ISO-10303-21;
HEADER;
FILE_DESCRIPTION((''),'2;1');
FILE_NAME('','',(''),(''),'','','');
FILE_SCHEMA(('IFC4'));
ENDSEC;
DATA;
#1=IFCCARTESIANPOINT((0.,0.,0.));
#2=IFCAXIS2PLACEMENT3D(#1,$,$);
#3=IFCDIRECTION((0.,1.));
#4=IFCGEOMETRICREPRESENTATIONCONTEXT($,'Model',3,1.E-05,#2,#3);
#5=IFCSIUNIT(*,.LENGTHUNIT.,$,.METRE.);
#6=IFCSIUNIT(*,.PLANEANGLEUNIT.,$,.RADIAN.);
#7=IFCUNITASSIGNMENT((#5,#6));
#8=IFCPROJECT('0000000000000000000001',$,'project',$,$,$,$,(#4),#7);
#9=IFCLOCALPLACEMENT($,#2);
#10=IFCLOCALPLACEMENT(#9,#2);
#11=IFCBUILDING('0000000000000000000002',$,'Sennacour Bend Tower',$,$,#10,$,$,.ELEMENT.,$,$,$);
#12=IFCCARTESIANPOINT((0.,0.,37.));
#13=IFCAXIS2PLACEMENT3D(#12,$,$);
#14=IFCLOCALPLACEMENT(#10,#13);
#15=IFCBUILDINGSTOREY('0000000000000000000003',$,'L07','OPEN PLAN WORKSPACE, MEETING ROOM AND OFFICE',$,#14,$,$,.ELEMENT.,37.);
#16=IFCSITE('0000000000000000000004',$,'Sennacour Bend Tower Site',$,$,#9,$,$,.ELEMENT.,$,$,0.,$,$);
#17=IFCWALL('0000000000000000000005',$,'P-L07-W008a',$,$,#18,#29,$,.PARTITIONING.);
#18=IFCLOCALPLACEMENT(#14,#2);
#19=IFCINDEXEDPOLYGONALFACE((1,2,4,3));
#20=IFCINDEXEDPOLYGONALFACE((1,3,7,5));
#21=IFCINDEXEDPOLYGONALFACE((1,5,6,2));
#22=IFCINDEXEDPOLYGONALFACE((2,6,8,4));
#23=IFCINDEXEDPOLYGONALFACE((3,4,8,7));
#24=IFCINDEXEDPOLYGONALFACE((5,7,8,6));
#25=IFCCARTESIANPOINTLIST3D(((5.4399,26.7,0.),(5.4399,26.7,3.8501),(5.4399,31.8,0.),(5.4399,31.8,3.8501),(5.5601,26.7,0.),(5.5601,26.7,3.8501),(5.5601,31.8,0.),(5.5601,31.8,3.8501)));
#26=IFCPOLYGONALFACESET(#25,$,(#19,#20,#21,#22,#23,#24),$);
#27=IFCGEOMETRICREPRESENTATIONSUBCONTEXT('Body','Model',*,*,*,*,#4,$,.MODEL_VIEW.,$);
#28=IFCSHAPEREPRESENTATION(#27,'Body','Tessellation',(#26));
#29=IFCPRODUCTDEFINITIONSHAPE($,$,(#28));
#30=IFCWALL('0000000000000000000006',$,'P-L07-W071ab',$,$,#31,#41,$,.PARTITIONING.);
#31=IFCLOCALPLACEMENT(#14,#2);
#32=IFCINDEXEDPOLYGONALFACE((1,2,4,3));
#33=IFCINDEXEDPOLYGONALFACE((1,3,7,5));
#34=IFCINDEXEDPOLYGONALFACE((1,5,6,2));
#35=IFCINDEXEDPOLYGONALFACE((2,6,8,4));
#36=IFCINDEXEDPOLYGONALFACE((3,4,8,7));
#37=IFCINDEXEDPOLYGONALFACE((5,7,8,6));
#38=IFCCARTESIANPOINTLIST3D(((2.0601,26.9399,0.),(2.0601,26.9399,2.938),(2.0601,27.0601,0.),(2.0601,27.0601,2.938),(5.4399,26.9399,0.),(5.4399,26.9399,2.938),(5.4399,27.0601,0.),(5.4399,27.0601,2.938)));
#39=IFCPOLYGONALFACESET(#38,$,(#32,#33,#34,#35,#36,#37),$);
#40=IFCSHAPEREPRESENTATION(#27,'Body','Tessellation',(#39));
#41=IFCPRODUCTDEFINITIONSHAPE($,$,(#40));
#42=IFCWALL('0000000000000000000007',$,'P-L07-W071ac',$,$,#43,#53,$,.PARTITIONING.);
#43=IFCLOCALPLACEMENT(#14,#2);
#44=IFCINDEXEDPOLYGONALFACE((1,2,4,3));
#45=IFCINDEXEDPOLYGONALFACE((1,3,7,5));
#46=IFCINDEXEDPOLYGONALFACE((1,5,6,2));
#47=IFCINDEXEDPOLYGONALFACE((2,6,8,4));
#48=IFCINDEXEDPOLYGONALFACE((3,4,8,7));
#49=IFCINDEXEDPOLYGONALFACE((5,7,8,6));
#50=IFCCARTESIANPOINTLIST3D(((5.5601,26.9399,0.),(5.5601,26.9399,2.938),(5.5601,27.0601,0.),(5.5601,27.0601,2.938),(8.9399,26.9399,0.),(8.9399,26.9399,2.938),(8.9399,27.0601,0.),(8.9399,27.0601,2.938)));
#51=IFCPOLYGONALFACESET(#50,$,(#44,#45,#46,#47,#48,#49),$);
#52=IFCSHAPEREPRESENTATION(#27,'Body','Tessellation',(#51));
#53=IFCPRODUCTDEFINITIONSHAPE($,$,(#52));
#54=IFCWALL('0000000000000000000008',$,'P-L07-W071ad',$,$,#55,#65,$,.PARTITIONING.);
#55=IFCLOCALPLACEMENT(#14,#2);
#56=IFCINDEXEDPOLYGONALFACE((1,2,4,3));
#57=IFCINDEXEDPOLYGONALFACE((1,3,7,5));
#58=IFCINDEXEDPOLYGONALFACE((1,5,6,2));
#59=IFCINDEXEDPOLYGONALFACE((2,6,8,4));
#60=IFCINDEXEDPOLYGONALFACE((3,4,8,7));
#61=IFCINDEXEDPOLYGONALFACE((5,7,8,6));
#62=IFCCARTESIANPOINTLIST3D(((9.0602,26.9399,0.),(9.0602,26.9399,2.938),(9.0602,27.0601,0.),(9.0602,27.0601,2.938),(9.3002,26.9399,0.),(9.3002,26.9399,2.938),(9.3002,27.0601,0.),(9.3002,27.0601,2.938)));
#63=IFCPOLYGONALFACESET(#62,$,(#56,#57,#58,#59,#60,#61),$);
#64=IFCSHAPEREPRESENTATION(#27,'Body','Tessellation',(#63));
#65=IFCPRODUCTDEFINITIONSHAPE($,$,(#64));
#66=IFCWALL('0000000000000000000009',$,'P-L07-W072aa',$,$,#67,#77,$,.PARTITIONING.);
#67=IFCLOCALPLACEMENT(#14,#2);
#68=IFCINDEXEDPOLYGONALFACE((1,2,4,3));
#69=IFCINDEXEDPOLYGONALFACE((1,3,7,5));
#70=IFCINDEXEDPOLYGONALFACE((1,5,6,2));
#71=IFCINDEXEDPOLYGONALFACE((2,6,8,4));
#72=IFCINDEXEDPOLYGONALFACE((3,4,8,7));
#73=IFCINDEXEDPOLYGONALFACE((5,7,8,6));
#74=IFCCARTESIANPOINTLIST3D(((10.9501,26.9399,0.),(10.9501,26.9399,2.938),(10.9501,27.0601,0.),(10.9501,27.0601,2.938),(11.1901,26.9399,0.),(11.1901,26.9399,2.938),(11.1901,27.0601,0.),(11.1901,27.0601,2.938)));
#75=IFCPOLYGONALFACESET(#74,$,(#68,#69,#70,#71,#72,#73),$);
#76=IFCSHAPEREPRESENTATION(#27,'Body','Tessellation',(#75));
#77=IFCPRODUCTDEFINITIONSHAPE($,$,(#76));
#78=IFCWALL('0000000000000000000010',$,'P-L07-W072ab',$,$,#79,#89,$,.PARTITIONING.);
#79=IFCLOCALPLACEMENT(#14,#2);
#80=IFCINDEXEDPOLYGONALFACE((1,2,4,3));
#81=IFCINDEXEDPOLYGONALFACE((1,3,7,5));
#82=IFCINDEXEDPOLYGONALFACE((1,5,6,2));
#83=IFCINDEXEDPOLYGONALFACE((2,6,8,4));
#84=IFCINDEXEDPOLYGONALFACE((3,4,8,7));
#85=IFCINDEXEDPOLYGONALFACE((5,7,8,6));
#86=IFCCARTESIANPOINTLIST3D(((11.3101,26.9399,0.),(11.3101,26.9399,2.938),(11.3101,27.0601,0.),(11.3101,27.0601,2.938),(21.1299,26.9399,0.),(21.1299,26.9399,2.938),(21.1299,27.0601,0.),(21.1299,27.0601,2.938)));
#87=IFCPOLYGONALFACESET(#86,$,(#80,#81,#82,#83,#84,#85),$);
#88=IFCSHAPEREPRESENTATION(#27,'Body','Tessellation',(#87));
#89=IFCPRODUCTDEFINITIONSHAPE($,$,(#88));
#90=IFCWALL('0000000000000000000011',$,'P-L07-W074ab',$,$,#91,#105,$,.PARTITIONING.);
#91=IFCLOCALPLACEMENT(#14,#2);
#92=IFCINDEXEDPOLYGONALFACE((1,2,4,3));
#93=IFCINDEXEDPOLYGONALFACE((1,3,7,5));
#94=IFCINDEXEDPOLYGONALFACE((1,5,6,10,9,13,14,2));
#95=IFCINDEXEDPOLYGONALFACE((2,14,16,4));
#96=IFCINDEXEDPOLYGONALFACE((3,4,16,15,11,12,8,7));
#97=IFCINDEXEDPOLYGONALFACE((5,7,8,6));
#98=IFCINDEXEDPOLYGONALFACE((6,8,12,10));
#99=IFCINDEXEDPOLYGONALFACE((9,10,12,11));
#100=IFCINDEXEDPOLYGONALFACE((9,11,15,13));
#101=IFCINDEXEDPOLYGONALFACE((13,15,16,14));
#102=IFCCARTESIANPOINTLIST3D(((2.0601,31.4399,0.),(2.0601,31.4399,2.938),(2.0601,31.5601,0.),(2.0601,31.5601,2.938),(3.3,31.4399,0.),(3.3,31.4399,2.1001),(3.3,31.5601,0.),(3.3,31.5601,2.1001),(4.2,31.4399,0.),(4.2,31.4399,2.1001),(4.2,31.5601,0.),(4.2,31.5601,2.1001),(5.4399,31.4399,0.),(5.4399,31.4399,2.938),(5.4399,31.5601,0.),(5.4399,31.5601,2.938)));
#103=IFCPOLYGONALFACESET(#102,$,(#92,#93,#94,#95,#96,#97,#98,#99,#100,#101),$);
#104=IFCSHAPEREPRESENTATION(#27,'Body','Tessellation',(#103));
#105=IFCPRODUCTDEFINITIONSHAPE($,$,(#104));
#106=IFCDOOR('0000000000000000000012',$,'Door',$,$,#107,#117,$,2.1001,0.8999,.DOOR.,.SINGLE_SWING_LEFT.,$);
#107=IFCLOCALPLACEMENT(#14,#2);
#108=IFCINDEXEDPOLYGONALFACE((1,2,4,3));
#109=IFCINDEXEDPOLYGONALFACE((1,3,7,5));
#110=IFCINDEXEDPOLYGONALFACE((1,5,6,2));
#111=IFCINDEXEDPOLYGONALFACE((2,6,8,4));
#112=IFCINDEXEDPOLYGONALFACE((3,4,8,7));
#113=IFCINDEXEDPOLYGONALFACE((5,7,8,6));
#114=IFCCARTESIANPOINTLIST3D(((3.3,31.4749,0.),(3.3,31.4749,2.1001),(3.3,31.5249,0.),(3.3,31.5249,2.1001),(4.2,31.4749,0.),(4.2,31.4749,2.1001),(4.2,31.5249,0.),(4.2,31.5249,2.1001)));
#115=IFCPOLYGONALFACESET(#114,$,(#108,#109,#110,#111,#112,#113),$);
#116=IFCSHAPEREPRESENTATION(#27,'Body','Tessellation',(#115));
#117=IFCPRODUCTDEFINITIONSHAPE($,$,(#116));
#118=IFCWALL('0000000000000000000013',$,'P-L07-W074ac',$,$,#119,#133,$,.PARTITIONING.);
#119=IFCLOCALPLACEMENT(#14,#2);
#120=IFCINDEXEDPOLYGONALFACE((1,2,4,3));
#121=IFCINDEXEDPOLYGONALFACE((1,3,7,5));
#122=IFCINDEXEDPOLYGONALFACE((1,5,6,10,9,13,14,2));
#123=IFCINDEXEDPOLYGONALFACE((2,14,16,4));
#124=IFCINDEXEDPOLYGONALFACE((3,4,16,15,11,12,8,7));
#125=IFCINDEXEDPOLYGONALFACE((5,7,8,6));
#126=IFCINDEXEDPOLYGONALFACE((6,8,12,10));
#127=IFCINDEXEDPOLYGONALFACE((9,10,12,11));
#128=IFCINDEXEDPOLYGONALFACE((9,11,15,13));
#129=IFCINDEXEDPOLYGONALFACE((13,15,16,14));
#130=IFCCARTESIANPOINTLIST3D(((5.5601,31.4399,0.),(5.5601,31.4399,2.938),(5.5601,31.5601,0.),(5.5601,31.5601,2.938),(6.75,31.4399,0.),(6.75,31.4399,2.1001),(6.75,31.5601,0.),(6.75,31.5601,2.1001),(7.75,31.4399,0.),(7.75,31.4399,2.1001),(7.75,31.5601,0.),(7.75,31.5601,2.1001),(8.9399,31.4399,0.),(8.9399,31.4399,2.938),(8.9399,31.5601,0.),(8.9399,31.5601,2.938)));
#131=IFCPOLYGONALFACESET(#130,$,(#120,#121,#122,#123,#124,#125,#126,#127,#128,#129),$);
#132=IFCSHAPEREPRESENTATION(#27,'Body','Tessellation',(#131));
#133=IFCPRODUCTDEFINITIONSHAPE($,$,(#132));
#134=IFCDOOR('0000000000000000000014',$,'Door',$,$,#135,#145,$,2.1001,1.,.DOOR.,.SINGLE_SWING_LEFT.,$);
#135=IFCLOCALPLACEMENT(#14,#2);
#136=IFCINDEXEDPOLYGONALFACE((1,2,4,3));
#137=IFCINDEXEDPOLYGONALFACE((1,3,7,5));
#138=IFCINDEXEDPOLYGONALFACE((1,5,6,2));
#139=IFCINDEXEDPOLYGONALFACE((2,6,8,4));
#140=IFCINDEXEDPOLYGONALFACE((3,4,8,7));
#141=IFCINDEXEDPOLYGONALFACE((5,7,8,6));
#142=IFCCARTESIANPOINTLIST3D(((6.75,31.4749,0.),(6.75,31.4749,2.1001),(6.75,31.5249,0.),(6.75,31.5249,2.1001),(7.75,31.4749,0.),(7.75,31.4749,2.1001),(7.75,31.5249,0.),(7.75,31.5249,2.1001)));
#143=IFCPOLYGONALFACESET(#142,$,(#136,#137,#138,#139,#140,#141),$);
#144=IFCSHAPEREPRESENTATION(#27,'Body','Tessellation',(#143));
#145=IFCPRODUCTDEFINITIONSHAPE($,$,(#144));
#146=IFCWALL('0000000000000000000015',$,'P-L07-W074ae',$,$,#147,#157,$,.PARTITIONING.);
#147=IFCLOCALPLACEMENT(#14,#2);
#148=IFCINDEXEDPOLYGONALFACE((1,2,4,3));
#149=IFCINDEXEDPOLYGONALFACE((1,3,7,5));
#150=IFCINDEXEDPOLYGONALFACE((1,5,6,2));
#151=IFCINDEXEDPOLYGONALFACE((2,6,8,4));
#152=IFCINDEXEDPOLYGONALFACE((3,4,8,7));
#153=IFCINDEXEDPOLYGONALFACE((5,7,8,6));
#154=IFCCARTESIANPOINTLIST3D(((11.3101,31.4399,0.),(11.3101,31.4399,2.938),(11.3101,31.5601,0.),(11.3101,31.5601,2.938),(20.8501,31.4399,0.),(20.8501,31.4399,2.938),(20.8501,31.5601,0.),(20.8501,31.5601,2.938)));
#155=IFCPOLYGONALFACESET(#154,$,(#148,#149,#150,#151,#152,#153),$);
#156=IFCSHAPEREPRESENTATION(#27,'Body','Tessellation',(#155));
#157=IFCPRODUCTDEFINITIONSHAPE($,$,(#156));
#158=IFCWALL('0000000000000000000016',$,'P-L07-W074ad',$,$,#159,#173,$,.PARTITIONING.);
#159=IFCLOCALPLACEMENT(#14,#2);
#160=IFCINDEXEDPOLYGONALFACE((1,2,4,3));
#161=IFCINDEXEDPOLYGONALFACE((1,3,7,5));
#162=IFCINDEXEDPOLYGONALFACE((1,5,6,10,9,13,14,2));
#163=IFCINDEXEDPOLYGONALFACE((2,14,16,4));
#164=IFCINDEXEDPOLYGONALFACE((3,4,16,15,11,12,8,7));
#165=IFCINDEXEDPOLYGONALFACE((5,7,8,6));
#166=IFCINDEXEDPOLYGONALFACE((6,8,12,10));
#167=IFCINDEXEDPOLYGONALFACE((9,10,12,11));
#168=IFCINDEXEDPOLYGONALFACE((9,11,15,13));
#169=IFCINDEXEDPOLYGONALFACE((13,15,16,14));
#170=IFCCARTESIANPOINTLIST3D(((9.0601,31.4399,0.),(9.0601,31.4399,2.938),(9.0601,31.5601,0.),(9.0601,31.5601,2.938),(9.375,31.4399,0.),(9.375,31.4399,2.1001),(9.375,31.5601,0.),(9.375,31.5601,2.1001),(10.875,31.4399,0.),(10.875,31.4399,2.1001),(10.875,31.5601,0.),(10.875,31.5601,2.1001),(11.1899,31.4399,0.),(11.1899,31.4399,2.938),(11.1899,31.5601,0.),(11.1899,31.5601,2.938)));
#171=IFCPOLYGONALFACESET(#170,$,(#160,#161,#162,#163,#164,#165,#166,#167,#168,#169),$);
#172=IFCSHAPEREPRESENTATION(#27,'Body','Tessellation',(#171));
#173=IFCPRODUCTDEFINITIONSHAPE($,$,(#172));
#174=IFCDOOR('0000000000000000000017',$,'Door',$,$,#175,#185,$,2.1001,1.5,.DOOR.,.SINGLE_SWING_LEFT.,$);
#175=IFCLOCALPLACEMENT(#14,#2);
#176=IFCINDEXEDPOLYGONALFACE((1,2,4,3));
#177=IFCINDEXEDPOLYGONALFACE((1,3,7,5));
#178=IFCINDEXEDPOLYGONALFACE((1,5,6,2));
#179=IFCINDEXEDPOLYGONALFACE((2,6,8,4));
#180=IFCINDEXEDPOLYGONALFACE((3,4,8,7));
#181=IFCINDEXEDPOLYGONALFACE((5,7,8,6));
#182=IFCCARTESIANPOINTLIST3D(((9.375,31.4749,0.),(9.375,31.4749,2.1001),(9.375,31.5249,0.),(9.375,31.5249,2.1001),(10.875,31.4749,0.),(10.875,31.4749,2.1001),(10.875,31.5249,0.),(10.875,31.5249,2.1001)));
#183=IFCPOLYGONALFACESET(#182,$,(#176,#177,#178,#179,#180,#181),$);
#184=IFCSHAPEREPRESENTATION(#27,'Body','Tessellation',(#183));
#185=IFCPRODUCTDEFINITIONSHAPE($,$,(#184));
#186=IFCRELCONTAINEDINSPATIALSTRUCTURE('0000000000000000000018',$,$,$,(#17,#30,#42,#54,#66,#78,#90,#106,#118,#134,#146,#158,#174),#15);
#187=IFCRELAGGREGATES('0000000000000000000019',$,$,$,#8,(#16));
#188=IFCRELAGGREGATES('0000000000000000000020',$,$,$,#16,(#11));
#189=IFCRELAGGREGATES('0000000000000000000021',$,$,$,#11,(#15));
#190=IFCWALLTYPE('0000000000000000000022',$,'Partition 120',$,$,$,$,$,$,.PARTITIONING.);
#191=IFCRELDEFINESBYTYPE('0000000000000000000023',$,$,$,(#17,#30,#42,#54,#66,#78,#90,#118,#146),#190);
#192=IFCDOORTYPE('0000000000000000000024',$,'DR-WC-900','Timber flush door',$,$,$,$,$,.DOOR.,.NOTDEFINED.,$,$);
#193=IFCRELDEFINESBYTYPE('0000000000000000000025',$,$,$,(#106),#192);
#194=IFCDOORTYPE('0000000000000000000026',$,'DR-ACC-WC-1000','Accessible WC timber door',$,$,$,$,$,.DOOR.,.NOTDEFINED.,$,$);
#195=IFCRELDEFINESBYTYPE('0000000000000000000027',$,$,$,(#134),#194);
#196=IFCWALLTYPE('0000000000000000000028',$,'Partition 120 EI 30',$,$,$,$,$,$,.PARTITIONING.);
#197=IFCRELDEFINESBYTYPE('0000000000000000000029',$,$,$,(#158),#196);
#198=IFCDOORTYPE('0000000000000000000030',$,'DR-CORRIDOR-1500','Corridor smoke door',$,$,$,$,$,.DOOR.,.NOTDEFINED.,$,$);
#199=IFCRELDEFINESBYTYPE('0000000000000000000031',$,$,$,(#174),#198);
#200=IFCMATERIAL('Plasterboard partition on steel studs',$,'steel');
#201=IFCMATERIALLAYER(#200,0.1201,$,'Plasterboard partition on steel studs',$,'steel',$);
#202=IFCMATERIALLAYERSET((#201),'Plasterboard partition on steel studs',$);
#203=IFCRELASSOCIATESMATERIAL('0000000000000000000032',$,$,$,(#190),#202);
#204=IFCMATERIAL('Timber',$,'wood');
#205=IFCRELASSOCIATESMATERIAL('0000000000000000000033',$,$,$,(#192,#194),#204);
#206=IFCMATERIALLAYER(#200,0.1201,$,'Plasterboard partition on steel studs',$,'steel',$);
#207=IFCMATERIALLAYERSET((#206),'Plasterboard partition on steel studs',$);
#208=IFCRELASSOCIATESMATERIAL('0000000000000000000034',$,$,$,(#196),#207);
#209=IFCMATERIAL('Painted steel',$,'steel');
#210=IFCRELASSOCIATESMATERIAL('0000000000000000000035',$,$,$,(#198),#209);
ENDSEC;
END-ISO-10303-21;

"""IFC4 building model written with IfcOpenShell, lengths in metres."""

from ifc_helpers import new_model, si_unit, direction, frame, frame_2d, origin, place, context, subcontext, project, spatial, rectangle, extrude, material, layer, layer_set, type_object, element, fill, save


model = new_model("IFC4")

# Units and contexts
model_context = context("Model", 3, precision=1e-05, world=origin(), true_north=direction((0.0, 1.0)))
body_context = subcontext(model_context, "Body", "Model", "MODEL_VIEW")
ifc_project = project(units=[si_unit("LENGTHUNIT", "METRE"), si_unit("PLANEANGLEUNIT", "RADIAN")], contexts=[model_context])

# Site, building, storey
site_placement = place(None, origin())
site = spatial("IfcSite", under=ifc_project, at=site_placement, Name="Sennacour Bend Tower Site", CompositionType="ELEMENT", RefElevation=0.0)
building_placement = place(site_placement, origin())
building = spatial("IfcBuilding", under=site, at=building_placement, Name="Sennacour Bend Tower", CompositionType="ELEMENT")
storey_placement = place(building_placement, frame((0.0, 0.0, 37.0)))
storey = spatial("IfcBuildingStorey", under=building, at=storey_placement, Name="L07", Description="OPEN PLAN WORKSPACE, MEETING ROOM AND OFFICE", CompositionType="ELEMENT", Elevation=37.0)

# Walls
ifc_material_1 = material(Name="Plasterboard partition on steel studs", Category="steel")
ifc_layer_1 = layer(ifc_material_1, 0.1201, Name="Plasterboard partition on steel studs", Category="steel")
ifc_layer_set_1 = layer_set([ifc_layer_1], Name="Plasterboard partition on steel studs")
wall_type_1 = type_object("IfcWallType", Name="Partition 120", PredefinedType="PARTITIONING", material=ifc_layer_set_1)
for number, where, z_axis, x_axis, name in (
    (1, (5.5, 26.7, 0.0), (0.0, 0.0, 1.0), (0.0, 1.0, 0.0), "P-L07-W008a"),
):
    element("IfcWall", number, at=place(storey_placement, frame(where, z_axis=z_axis, x_axis=x_axis)), inside=storey, type_object=wall_type_1, Name=name, PredefinedType="PARTITIONING", context=body_context, shape_type="SweptSolid", body=[
        extrude(rectangle(XDim=5.1001, YDim=0.1201, at=frame_2d((2.55, 0.0))), origin(), (0.0, 0.0, 1.0), 3.8501),
    ])
for number, where, z_axis, x_axis, name in (
    (2, (2.0601, 27.0, 0.0), (0.0, 0.0, 1.0), (1.0, 0.0, 0.0), "P-L07-W071ab"),
    (3, (5.5601, 27.0, 0.0), (0.0, 0.0, 1.0), (1.0, 0.0, 0.0), "P-L07-W071ac"),
):
    element("IfcWall", number, at=place(storey_placement, frame(where, z_axis=z_axis, x_axis=x_axis)), inside=storey, type_object=wall_type_1, Name=name, PredefinedType="PARTITIONING", context=body_context, shape_type="SweptSolid", body=[
        extrude(rectangle(XDim=3.3799, YDim=0.1201, at=frame_2d((1.6899, 0.0))), origin(), (0.0, 0.0, 1.0), 2.938),
    ])
for number, where, z_axis, x_axis, name in (
    (4, (9.0601, 27.0, 0.0), (0.0, 0.0, 1.0), (1.0, 0.0, 0.0), "P-L07-W071ad"),
    (5, (10.95, 27.0, 0.0), (0.0, 0.0, 1.0), (1.0, 0.0, 0.0), "P-L07-W072aa"),
):
    element("IfcWall", number, at=place(storey_placement, frame(where, z_axis=z_axis, x_axis=x_axis)), inside=storey, type_object=wall_type_1, Name=name, PredefinedType="PARTITIONING", context=body_context, shape_type="SweptSolid", body=[
        extrude(rectangle(XDim=0.24, YDim=0.1201, at=frame_2d((0.1201, 0.0))), origin(), (0.0, 0.0, 1.0), 2.938),
    ])
wall_1_placement = place(storey_placement, frame((11.3101, 27.0, 0.0), z_axis=(0.0, 0.0, 1.0), x_axis=(1.0, 0.0, 0.0)))
element("IfcWall", 6, at=wall_1_placement, inside=storey, type_object=wall_type_1, Name="P-L07-W072ab", PredefinedType="PARTITIONING", context=body_context, shape_type="SweptSolid", body=[
    extrude(rectangle(XDim=9.8198, YDim=0.1201, at=frame_2d((4.9099, 0.0))), origin(), (0.0, 0.0, 1.0), 2.938),
])

# Walls, openings, doors
wall_2_placement = place(storey_placement, frame((2.0601, 31.5, 0.0), z_axis=(0.0, 0.0, 1.0), x_axis=(1.0, 0.0, 0.0)))
wall_2 = element("IfcWall", 7, at=wall_2_placement, inside=storey, type_object=wall_type_1, Name="P-L07-W074ab", PredefinedType="PARTITIONING", context=body_context, shape_type="SweptSolid", body=[
    extrude(rectangle(XDim=3.3799, YDim=0.1201, at=frame_2d((1.6899, 0.0))), origin(), (0.0, 0.0, 1.0), 2.938),
])
opening_1_placement = place(wall_2_placement, frame((1.24, 0.0, 0.0)))
opening_1 = element("IfcOpeningElement", 8, at=opening_1_placement, cuts=wall_2, PredefinedType="OPENING", context=body_context, shape_type="SweptSolid", body=[
    extrude(rectangle(XDim=0.8999, YDim=2.1001, at=frame_2d((0.45, 1.05))), frame((0.0, 0.0701, 0.0), z_axis=(0.0, -1.0, 0.0), x_axis=(1.0, 0.0, 0.0)), (0.0, 0.0, 1.0), 0.1401),
])
ifc_material_2 = material(Name="Timber", Category="wood")
door_type_1 = type_object("IfcDoorType", Name="DR-WC-900", Description="Timber flush door", OperationType="NOTDEFINED", PredefinedType="DOOR", material=ifc_material_2)
door_1_placement = place(opening_1_placement, origin())
door_1 = element("IfcDoor", 9, at=door_1_placement, inside=storey, type_object=door_type_1, Name="Door", OperationType="SINGLE_SWING_LEFT", OverallHeight=2.1001, OverallWidth=0.8999, PredefinedType="DOOR", context=body_context, shape_type="SweptSolid", body=[
    extrude(rectangle(XDim=0.8999, YDim=2.1001, at=frame_2d((0.45, 1.05))), frame((0.0, 0.0249, 0.0), z_axis=(0.0, -1.0, 0.0), x_axis=(1.0, 0.0, 0.0)), (0.0, 0.0, 1.0), 0.05),
])
fill(opening_1, door_1)
wall_3_placement = place(storey_placement, frame((5.5601, 31.5, 0.0), z_axis=(0.0, 0.0, 1.0), x_axis=(1.0, 0.0, 0.0)))
wall_3 = element("IfcWall", 10, at=wall_3_placement, inside=storey, type_object=wall_type_1, Name="P-L07-W074ac", PredefinedType="PARTITIONING", context=body_context, shape_type="SweptSolid", body=[
    extrude(rectangle(XDim=3.3799, YDim=0.1201, at=frame_2d((1.6899, 0.0))), origin(), (0.0, 0.0, 1.0), 2.938),
])
opening_2_placement = place(wall_3_placement, frame((1.1899, 0.0, 0.0)))
opening_2 = element("IfcOpeningElement", 11, at=opening_2_placement, cuts=wall_3, PredefinedType="OPENING", context=body_context, shape_type="SweptSolid", body=[
    extrude(rectangle(XDim=1.0, YDim=2.1001, at=frame_2d((0.5, 1.05))), frame((0.0, 0.0701, 0.0), z_axis=(0.0, -1.0, 0.0), x_axis=(1.0, 0.0, 0.0)), (0.0, 0.0, 1.0), 0.1401),
])
door_type_2 = type_object("IfcDoorType", Name="DR-ACC-WC-1000", Description="Accessible WC timber door", OperationType="NOTDEFINED", PredefinedType="DOOR", material=ifc_material_2)
door_2_placement = place(opening_2_placement, origin())
door_2 = element("IfcDoor", 12, at=door_2_placement, inside=storey, type_object=door_type_2, Name="Door", OperationType="SINGLE_SWING_LEFT", OverallHeight=2.1001, OverallWidth=1.0, PredefinedType="DOOR", context=body_context, shape_type="SweptSolid", body=[
    extrude(rectangle(XDim=1.0, YDim=2.1001, at=frame_2d((0.5, 1.05))), frame((0.0, 0.0249, 0.0), z_axis=(0.0, -1.0, 0.0), x_axis=(1.0, 0.0, 0.0)), (0.0, 0.0, 1.0), 0.05),
])
fill(opening_2, door_2)

# Wall
wall_4_placement = place(storey_placement, frame((11.3101, 31.5, 0.0), z_axis=(0.0, 0.0, 1.0), x_axis=(1.0, 0.0, 0.0)))
element("IfcWall", 13, at=wall_4_placement, inside=storey, type_object=wall_type_1, Name="P-L07-W074ae", PredefinedType="PARTITIONING", context=body_context, shape_type="SweptSolid", body=[
    extrude(rectangle(XDim=9.54, YDim=0.1201, at=frame_2d((4.77, 0.0))), origin(), (0.0, 0.0, 1.0), 2.938),
])

# Wall, opening, door
ifc_layer_2 = layer(ifc_material_1, 0.1201, Name="Plasterboard partition on steel studs", Category="steel")
ifc_layer_set_2 = layer_set([ifc_layer_2], Name="Plasterboard partition on steel studs")
wall_type_2 = type_object("IfcWallType", Name="Partition 120 EI 30", PredefinedType="PARTITIONING", material=ifc_layer_set_2)
wall_5_placement = place(storey_placement, frame((9.0601, 31.5, 0.0), z_axis=(0.0, 0.0, 1.0), x_axis=(1.0, 0.0, 0.0)))
wall_5 = element("IfcWall", 14, at=wall_5_placement, inside=storey, type_object=wall_type_2, Name="P-L07-W074ad", PredefinedType="PARTITIONING", context=body_context, shape_type="SweptSolid", body=[
    extrude(rectangle(XDim=2.1299, YDim=0.1201, at=frame_2d((1.0649, 0.0))), origin(), (0.0, 0.0, 1.0), 2.938),
])
opening_3_placement = place(wall_5_placement, frame((0.3149, 0.0, 0.0)))
opening_3 = element("IfcOpeningElement", 15, at=opening_3_placement, cuts=wall_5, PredefinedType="OPENING", context=body_context, shape_type="SweptSolid", body=[
    extrude(rectangle(XDim=1.5, YDim=2.1001, at=frame_2d((0.75, 1.05))), frame((0.0, 0.0701, 0.0), z_axis=(0.0, -1.0, 0.0), x_axis=(1.0, 0.0, 0.0)), (0.0, 0.0, 1.0), 0.1401),
])
ifc_material_3 = material(Name="Painted steel", Category="steel")
door_type_3 = type_object("IfcDoorType", Name="DR-CORRIDOR-1500", Description="Corridor smoke door", OperationType="NOTDEFINED", PredefinedType="DOOR", material=ifc_material_3)
door_3_placement = place(opening_3_placement, origin())
door_3 = element("IfcDoor", 16, at=door_3_placement, inside=storey, type_object=door_type_3, Name="Door", OperationType="SINGLE_SWING_LEFT", OverallHeight=2.1001, OverallWidth=1.5, PredefinedType="DOOR", context=body_context, shape_type="SweptSolid", body=[
    extrude(rectangle(XDim=1.5, YDim=2.1001, at=frame_2d((0.75, 1.05))), frame((0.0, 0.0249, 0.0), z_axis=(0.0, -1.0, 0.0), x_axis=(1.0, 0.0, 0.0)), (0.0, 0.0, 1.0), 0.05),
])
fill(opening_3, door_3)

save(model, "model.ifc")
